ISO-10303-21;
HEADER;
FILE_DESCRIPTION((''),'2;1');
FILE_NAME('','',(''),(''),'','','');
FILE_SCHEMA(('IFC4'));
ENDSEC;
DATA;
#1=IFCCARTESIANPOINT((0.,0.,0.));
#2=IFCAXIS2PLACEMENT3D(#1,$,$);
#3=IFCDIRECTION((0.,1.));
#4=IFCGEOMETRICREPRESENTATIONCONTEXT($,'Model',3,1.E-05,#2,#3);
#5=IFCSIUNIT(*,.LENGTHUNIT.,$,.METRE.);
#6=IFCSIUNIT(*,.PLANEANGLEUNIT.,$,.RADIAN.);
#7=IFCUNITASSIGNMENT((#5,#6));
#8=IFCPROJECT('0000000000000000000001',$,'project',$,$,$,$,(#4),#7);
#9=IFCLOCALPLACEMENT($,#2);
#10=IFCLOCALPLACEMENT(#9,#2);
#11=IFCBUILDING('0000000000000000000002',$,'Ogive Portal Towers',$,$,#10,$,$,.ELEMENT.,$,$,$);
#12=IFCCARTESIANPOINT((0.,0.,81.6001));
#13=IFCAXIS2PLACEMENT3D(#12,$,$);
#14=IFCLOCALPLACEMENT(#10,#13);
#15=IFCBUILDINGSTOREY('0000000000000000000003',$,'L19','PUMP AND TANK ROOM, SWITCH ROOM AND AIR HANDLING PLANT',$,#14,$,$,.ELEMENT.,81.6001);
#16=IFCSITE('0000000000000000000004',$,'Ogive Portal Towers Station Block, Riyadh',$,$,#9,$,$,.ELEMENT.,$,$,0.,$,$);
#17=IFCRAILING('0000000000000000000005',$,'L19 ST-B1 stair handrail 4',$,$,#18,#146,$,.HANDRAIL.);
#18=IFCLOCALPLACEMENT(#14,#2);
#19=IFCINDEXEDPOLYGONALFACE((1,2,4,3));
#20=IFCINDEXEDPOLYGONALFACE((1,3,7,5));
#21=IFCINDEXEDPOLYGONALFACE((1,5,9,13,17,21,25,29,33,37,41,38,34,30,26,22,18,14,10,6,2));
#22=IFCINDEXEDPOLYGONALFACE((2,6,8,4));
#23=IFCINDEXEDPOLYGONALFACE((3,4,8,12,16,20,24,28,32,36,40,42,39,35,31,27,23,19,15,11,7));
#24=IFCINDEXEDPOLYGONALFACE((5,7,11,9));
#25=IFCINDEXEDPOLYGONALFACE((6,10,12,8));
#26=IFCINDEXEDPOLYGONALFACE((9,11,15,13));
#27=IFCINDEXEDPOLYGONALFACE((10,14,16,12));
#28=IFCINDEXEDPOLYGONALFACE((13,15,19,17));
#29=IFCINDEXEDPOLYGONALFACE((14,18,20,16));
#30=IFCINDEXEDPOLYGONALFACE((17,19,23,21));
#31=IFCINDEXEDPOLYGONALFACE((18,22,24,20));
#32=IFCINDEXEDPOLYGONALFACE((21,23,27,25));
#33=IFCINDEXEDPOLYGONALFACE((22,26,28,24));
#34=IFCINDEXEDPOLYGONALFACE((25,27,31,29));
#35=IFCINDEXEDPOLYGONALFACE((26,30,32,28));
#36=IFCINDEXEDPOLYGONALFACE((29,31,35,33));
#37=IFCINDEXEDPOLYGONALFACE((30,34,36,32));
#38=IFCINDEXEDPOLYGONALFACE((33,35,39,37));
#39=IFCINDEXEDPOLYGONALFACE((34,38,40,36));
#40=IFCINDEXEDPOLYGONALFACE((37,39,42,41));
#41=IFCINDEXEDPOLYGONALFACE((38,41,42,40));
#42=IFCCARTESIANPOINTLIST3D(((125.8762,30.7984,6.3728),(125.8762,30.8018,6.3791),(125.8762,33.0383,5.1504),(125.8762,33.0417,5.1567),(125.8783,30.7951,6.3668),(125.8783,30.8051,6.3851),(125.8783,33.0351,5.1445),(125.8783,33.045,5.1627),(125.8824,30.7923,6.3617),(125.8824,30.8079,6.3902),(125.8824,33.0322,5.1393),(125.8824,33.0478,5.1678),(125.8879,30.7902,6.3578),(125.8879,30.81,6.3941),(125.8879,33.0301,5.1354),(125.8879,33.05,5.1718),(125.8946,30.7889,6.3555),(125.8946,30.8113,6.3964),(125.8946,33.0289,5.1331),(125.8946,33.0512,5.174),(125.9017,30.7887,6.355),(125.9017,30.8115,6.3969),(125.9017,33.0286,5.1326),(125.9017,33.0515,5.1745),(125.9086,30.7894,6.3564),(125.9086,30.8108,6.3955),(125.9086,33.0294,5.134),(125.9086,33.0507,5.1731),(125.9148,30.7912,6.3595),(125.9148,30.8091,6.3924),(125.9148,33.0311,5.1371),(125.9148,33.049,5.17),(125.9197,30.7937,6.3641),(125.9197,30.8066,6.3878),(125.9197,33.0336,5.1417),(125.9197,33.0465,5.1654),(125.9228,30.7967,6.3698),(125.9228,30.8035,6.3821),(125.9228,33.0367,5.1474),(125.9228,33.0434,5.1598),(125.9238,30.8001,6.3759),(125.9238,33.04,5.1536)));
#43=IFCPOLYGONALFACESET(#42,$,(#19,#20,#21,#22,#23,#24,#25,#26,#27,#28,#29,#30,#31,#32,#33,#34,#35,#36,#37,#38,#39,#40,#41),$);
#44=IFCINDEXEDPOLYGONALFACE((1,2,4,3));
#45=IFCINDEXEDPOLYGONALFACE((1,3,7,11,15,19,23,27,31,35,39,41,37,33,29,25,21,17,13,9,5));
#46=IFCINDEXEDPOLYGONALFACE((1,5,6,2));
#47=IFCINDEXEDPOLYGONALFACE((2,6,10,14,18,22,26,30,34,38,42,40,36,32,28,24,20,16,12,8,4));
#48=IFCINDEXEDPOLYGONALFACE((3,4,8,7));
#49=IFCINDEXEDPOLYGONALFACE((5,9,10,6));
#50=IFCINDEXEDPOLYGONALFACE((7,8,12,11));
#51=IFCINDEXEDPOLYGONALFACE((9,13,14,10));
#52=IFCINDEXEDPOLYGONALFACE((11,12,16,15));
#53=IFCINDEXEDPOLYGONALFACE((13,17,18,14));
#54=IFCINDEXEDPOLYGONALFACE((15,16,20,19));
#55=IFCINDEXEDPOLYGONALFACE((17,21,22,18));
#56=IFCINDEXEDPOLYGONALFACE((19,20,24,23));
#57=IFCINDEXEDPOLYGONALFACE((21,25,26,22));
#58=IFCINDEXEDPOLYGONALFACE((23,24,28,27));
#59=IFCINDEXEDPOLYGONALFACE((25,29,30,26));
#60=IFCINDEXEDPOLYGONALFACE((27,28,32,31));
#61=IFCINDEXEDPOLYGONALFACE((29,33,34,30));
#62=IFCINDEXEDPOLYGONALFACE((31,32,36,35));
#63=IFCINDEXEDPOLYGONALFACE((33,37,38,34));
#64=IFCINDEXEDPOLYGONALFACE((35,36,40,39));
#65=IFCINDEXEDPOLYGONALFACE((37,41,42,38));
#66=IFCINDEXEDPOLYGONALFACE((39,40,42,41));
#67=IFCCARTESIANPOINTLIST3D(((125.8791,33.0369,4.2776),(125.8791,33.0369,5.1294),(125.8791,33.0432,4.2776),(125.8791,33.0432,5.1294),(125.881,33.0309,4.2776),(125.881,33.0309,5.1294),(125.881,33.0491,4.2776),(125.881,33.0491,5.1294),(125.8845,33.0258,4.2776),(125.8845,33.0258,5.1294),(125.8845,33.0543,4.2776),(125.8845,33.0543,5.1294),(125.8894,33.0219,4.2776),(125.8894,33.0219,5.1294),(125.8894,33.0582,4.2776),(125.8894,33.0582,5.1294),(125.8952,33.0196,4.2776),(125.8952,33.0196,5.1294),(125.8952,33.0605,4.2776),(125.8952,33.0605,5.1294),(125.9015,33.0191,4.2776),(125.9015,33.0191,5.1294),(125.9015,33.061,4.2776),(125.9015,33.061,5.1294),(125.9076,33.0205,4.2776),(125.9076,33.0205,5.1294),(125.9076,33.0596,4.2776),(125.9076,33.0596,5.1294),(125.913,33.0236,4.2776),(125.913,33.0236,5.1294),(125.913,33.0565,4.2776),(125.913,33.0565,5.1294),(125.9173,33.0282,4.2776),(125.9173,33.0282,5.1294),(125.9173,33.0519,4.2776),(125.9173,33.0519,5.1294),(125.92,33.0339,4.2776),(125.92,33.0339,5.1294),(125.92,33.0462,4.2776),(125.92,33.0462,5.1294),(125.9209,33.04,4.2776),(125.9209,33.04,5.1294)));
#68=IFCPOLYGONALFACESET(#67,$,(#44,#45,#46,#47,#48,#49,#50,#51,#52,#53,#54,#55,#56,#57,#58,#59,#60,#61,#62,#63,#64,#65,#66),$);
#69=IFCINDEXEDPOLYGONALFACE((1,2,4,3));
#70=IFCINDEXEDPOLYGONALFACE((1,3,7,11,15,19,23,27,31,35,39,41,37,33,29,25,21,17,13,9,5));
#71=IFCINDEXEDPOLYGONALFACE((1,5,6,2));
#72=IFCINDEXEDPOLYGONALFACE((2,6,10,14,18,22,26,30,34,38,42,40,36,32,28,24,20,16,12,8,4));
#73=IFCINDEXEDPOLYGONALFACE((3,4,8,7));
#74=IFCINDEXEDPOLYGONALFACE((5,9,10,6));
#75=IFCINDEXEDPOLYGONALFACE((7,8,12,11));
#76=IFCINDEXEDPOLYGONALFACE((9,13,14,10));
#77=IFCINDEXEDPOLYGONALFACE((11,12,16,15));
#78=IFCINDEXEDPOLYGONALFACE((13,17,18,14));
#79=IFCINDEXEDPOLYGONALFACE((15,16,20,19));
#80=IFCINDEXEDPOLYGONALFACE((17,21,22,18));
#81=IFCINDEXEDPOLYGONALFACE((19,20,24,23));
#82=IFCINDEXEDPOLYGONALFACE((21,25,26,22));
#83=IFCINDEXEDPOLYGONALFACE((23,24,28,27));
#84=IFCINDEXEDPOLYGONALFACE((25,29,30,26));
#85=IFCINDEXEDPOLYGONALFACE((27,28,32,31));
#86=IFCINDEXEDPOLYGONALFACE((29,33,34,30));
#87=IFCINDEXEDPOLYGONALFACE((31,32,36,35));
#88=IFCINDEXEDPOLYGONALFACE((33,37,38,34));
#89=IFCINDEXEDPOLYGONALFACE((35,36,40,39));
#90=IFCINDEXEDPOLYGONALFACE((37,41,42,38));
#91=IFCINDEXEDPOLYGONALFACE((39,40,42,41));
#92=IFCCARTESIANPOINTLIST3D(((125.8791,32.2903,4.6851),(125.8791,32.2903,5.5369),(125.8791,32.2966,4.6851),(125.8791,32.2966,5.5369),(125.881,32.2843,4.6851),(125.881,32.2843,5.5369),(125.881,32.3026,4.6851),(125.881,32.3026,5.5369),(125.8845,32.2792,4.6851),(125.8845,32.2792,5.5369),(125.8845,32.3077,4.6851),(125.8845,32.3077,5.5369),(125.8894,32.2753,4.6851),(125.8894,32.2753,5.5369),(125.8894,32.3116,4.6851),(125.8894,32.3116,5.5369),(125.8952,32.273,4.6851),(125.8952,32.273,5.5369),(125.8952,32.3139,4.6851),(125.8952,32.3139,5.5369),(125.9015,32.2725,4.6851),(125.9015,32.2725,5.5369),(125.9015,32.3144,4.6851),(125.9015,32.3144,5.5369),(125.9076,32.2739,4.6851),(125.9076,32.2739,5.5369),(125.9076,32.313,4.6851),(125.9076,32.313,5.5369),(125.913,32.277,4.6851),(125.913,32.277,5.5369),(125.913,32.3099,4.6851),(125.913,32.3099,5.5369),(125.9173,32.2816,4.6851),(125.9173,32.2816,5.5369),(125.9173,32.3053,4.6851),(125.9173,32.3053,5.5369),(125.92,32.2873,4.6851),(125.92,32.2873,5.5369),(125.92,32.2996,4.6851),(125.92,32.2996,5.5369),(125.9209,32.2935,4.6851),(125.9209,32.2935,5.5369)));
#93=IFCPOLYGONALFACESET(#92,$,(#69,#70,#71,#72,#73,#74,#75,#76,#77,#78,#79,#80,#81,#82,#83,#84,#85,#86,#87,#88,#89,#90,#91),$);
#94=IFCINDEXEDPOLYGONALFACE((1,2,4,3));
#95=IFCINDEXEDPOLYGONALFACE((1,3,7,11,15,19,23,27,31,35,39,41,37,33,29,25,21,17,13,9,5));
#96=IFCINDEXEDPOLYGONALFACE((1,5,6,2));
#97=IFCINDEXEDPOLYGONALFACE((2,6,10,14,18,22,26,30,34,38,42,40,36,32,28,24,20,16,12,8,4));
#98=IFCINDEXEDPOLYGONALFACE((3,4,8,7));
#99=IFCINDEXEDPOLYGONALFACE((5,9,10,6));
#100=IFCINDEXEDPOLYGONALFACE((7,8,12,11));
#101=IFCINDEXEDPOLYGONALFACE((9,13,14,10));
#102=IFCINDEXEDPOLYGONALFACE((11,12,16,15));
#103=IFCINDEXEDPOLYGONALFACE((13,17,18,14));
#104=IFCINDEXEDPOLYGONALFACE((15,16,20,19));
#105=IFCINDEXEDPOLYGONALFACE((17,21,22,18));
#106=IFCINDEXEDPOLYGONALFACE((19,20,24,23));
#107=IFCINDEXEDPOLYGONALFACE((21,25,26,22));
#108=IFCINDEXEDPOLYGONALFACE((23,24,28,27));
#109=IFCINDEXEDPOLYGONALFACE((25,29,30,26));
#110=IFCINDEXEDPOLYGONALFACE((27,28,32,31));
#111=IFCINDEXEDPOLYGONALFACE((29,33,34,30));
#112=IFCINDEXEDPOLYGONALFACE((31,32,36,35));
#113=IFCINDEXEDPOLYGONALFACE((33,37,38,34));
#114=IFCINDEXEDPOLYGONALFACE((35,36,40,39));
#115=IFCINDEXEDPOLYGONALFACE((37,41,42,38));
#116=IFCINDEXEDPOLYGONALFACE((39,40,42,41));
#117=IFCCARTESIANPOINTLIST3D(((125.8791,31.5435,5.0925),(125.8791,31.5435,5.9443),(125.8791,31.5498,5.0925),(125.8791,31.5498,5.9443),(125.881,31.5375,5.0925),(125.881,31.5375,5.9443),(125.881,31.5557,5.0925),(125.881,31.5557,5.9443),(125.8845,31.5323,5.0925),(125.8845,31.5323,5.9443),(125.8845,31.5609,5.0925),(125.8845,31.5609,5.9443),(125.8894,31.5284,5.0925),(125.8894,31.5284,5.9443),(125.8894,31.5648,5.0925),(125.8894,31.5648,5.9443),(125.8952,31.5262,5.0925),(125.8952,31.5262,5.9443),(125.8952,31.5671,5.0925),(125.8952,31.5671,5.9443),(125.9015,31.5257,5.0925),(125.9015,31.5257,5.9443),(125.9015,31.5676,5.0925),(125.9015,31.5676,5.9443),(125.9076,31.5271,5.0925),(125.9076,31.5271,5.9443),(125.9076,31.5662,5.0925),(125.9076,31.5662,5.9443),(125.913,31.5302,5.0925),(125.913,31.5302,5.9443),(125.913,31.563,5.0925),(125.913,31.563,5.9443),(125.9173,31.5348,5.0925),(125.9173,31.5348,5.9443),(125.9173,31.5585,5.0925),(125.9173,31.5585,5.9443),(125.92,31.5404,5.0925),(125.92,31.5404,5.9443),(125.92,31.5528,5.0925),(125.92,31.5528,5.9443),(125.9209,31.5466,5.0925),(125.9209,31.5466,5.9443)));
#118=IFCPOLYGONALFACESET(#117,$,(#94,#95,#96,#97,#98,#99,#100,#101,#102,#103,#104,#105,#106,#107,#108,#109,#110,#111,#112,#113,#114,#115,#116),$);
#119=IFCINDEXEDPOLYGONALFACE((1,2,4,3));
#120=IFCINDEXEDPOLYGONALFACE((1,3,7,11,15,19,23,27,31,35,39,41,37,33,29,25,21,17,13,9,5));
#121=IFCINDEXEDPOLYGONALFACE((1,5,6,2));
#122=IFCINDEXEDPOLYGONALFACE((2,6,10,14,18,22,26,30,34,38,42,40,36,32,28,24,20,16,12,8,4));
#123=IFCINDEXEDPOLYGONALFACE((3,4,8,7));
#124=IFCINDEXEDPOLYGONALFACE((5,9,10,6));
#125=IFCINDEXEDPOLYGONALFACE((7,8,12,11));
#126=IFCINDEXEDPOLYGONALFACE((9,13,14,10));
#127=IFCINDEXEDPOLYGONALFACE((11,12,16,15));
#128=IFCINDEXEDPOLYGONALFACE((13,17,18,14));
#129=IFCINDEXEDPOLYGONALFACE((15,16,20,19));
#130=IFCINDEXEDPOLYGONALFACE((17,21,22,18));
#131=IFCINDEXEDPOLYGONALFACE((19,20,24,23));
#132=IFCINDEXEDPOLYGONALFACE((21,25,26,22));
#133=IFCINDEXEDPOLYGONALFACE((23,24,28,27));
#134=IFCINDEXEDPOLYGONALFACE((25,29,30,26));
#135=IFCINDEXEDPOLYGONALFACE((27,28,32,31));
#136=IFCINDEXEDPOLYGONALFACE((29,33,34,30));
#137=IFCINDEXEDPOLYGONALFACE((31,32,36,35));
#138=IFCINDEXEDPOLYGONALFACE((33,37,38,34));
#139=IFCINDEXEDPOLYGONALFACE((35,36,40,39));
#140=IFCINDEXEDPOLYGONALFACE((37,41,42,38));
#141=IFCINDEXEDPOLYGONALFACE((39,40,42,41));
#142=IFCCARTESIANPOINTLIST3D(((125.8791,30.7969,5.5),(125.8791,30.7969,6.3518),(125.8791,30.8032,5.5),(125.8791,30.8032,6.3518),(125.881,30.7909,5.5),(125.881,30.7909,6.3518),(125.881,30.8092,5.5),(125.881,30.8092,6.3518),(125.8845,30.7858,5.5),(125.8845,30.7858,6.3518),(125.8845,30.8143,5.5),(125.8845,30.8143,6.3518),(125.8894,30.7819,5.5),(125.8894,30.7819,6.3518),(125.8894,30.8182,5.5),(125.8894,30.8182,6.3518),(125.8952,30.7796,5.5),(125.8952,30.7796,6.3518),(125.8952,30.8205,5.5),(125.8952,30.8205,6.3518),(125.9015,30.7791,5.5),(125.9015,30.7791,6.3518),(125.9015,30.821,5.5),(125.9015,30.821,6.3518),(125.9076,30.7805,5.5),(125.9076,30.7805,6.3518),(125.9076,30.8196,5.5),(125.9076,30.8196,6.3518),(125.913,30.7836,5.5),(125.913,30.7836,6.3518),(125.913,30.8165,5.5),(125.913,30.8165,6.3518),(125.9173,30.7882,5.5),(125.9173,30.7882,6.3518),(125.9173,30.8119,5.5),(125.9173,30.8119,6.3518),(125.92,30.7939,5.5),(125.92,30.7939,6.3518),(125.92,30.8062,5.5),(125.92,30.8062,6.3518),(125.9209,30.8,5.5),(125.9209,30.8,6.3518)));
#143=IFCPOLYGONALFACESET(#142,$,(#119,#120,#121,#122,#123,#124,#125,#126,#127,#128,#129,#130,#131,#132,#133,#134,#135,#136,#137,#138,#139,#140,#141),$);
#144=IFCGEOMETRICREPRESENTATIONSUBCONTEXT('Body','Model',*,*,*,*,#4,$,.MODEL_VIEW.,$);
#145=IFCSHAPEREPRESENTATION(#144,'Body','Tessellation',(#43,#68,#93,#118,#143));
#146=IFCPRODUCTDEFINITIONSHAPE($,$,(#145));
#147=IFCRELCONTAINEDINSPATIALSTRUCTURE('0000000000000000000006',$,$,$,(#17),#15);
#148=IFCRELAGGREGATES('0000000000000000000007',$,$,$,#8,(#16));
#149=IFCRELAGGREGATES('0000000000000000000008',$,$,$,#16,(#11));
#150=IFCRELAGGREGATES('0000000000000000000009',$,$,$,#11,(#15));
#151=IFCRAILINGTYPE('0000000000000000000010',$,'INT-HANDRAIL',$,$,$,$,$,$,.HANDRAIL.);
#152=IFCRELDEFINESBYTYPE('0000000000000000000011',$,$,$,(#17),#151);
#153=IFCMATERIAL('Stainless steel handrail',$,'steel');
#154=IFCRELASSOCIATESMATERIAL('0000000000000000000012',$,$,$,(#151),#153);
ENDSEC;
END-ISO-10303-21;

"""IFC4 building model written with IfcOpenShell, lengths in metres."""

from ifc_helpers import new_model, si_unit, direction, frame, origin, origin_2d, place, context, subcontext, project, spatial, circle, extrude, material, type_object, element, save


model = new_model("IFC4")

# Units and contexts
model_context = context("Model", 3, precision=1e-05, world=origin(), true_north=direction((0.0, 1.0)))
body_context = subcontext(model_context, "Body", "Model", "MODEL_VIEW")
ifc_project = project(units=[si_unit("LENGTHUNIT", "METRE"), si_unit("PLANEANGLEUNIT", "RADIAN")], contexts=[model_context])

# Site, building, storey
site_placement = place(None, origin())
site = spatial("IfcSite", under=ifc_project, at=site_placement, Name="Ogive Portal Towers Station Block, Riyadh", CompositionType="ELEMENT", RefElevation=0.0)
building_placement = place(site_placement, origin())
building = spatial("IfcBuilding", under=site, at=building_placement, Name="Ogive Portal Towers", CompositionType="ELEMENT")
storey_placement = place(building_placement, frame((0.0, 0.0, 81.6001)))
storey = spatial("IfcBuildingStorey", under=building, at=storey_placement, Name="L19", Description="PUMP AND TANK ROOM, SWITCH ROOM AND AIR HANDLING PLANT", CompositionType="ELEMENT", Elevation=81.6001)

# Railing
ifc_material_1 = material(Name="Stainless steel handrail", Category="steel")
railing_type_1 = type_object("IfcRailingType", Name="INT-HANDRAIL", PredefinedType="HANDRAIL", material=ifc_material_1)
railing_1_placement = place(storey_placement, frame((125.8999, 33.04, 4.2776)))
element("IfcRailing", 1, at=railing_1_placement, inside=storey, type_object=railing_type_1, Name="L19 ST-B1 stair handrail 4", PredefinedType="HANDRAIL", context=body_context, shape_type="SweptSolid", body=[
    extrude(circle(Radius=0.0239, at=origin_2d()), frame((0.0, 0.0, 0.876), z_axis=(0.0, -0.877797, 0.479033), x_axis=(1.0, 0.0, 0.0)), (0.0, 0.0, 1.0), 2.5518),
    extrude(circle(Radius=0.021, at=origin_2d()), origin(), (0.0, 0.0, 1.0), 0.8518),
    extrude(circle(Radius=0.021, at=origin_2d()), frame((0.0, -0.7466, 0.4075)), (0.0, 0.0, 1.0), 0.8518),
    extrude(circle(Radius=0.021, at=origin_2d()), frame((0.0, -1.4934, 0.8149)), (0.0, 0.0, 1.0), 0.8518),
    extrude(circle(Radius=0.021, at=origin_2d()), frame((0.0, -2.24, 1.2224)), (0.0, 0.0, 1.0), 0.8518),
])

save(model, "model.ifc")
